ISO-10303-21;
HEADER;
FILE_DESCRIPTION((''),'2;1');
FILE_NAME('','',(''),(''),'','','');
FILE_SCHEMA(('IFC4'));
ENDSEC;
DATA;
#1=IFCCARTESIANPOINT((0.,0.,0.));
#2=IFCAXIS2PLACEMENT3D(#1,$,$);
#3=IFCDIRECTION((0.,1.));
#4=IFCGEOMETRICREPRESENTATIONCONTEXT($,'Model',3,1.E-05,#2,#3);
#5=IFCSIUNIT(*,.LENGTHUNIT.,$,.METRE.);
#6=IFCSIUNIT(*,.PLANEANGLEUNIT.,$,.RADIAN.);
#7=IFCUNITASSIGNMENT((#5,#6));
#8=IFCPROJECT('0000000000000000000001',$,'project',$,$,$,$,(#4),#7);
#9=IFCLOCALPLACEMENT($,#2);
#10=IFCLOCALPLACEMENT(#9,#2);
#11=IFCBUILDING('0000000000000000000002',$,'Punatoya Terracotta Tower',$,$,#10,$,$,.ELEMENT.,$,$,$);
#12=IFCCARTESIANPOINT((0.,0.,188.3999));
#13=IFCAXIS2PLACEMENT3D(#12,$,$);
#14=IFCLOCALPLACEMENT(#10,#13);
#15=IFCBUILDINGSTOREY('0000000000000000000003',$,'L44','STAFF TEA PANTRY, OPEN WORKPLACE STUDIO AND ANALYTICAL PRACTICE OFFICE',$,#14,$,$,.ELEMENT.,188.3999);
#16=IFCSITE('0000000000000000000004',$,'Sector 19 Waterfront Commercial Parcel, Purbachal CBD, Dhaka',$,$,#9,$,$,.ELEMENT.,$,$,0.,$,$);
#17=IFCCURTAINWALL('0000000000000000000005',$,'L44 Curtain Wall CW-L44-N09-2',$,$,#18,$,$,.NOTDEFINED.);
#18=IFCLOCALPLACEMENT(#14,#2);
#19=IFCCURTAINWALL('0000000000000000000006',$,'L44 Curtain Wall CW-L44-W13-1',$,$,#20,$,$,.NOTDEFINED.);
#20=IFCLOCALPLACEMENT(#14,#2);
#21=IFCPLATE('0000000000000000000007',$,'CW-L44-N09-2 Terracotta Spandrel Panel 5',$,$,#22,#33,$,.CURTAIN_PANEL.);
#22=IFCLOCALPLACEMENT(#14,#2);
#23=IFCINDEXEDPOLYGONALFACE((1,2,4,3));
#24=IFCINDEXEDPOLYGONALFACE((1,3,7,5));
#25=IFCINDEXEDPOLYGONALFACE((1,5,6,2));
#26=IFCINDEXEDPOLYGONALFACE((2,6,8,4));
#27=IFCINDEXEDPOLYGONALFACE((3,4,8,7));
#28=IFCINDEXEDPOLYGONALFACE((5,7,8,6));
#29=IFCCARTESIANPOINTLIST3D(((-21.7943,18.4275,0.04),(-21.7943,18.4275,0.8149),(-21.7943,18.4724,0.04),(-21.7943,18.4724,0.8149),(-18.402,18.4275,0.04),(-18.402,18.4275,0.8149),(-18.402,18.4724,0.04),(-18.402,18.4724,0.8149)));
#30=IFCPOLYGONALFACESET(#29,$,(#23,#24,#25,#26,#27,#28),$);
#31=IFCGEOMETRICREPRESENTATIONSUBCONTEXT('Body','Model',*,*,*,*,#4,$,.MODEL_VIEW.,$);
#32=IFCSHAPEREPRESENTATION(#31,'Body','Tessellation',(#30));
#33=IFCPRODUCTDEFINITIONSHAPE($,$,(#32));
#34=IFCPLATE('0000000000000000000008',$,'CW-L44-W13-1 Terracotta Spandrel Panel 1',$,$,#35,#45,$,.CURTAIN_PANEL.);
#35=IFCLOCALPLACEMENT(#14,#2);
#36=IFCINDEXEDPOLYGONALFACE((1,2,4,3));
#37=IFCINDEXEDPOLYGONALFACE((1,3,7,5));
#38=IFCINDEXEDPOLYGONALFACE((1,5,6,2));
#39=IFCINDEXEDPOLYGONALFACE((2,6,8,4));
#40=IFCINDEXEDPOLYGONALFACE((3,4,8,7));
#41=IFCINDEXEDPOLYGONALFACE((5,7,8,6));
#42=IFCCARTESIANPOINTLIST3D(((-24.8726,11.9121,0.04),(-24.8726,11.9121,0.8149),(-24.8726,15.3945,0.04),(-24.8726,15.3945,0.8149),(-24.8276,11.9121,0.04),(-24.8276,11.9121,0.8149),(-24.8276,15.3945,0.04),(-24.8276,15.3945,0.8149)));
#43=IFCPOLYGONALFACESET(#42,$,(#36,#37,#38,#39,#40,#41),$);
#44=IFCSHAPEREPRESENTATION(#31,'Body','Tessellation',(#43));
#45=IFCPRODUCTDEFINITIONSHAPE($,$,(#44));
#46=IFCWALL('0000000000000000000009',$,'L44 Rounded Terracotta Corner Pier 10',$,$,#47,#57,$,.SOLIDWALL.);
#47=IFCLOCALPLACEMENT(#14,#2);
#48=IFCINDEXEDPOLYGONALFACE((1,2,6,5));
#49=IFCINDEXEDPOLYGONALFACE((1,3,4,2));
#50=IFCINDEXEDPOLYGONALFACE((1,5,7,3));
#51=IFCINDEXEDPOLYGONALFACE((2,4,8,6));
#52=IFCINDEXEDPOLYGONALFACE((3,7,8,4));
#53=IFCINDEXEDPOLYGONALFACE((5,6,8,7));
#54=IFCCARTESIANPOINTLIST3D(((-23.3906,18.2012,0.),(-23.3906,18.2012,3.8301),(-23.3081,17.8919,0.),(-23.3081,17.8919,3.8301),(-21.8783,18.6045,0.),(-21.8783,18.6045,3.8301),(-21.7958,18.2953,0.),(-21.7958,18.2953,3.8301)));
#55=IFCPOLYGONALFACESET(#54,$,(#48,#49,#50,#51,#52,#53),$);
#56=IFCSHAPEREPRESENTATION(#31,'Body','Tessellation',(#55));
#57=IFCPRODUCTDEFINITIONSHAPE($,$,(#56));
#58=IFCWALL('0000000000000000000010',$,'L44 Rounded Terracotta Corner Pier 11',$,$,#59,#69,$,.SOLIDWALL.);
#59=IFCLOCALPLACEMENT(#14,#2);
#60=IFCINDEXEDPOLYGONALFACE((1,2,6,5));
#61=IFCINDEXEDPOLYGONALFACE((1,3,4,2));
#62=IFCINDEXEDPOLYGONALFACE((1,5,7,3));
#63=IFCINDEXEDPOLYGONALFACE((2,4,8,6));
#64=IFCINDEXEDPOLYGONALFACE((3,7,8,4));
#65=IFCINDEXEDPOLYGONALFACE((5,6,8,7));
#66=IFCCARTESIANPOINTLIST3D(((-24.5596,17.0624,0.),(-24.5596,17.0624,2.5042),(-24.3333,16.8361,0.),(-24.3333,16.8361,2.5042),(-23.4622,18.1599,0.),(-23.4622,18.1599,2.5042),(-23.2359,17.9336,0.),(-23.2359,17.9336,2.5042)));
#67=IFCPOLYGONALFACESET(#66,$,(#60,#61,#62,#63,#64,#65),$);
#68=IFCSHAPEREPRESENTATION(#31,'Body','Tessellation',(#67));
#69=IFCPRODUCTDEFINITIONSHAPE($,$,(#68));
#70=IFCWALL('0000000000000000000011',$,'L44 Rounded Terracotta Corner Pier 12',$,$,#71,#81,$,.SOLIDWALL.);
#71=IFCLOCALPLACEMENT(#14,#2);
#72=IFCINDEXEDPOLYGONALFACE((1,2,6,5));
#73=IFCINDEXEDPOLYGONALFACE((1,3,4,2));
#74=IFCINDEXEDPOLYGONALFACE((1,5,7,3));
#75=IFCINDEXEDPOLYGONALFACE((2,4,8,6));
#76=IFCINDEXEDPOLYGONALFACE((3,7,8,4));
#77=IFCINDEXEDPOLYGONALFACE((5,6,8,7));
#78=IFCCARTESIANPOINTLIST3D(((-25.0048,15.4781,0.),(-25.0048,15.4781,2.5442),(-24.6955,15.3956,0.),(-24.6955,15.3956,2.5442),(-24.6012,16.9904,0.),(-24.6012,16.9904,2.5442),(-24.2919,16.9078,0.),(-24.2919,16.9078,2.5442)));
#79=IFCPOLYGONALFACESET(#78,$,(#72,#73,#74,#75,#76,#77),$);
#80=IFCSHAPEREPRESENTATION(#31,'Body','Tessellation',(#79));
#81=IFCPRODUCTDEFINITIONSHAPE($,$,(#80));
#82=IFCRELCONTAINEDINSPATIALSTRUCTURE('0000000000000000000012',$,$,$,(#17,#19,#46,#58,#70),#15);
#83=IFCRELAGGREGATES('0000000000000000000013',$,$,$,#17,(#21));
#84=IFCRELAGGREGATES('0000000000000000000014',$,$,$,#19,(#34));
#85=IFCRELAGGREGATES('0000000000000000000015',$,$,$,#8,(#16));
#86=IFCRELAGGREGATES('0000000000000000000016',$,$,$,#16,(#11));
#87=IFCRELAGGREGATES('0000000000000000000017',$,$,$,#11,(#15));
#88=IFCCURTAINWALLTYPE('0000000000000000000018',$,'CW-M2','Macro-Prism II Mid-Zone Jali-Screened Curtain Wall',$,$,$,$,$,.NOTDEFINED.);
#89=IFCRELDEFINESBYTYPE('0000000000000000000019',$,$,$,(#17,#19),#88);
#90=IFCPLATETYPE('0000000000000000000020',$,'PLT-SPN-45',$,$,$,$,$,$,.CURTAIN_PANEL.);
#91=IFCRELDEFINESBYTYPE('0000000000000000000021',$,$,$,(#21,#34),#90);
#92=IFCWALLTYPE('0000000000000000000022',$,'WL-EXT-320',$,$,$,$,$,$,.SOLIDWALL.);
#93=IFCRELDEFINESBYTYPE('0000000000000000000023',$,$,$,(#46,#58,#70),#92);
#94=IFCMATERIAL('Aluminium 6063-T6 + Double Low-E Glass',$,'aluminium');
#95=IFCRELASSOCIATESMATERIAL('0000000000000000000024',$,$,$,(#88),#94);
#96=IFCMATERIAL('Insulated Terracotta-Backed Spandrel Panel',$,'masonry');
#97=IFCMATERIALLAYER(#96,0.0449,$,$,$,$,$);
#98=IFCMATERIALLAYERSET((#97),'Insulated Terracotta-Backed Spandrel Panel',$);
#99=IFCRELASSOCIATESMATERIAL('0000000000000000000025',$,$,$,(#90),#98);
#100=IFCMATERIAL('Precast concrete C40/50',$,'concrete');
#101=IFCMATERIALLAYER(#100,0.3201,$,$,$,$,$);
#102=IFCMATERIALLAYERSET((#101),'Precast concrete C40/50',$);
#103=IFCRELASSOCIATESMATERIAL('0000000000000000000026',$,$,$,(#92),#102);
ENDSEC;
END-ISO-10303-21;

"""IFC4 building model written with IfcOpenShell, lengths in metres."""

from ifc_helpers import new_model, si_unit, direction, frame, frame_2d, origin, origin_2d, place, context, subcontext, project, spatial, rectangle, extrude, material, layer, layer_set, type_object, element, aggregate, save


model = new_model("IFC4")

# Units and contexts
model_context = context("Model", 3, precision=1e-05, world=origin(), true_north=direction((0.0, 1.0)))
body_context = subcontext(model_context, "Body", "Model", "MODEL_VIEW")
ifc_project = project(units=[si_unit("LENGTHUNIT", "METRE"), si_unit("PLANEANGLEUNIT", "RADIAN")], contexts=[model_context])

# Site, building, storey
site_placement = place(None, origin())
site = spatial("IfcSite", under=ifc_project, at=site_placement, Name="Sector 19 Waterfront Commercial Parcel, Purbachal CBD, Dhaka", CompositionType="ELEMENT", RefElevation=0.0)
building_placement = place(site_placement, origin())
building = spatial("IfcBuilding", under=site, at=building_placement, Name="Punatoya Terracotta Tower", CompositionType="ELEMENT")
storey_placement = place(building_placement, frame((0.0, 0.0, 188.3999)))
storey = spatial("IfcBuildingStorey", under=building, at=storey_placement, Name="L44", Description="STAFF TEA PANTRY, OPEN WORKPLACE STUDIO AND ANALYTICAL PRACTICE OFFICE", CompositionType="ELEMENT", Elevation=188.3999)

# Curtain walls
ifc_material_1 = material(Name="Aluminium 6063-T6 + Double Low-E Glass", Category="aluminium")
curtain_wall_type = type_object("IfcCurtainWallType", Name="CW-M2", Description="Macro-Prism II Mid-Zone Jali-Screened Curtain Wall", PredefinedType="NOTDEFINED", material=ifc_material_1)
curtain_wall_1_placement = place(storey_placement, origin())
curtain_wall_1 = element("IfcCurtainWall", 1, at=curtain_wall_1_placement, inside=storey, type_object=curtain_wall_type, Name="L44 Curtain Wall CW-L44-N09-2", PredefinedType="NOTDEFINED")
curtain_wall_2_placement = place(storey_placement, origin())
curtain_wall_2 = element("IfcCurtainWall", 2, at=curtain_wall_2_placement, inside=storey, type_object=curtain_wall_type, Name="L44 Curtain Wall CW-L44-W13-1", PredefinedType="NOTDEFINED")

# Plates
ifc_material_2 = material(Name="Insulated Terracotta-Backed Spandrel Panel", Category="masonry")
ifc_layer_1 = layer(ifc_material_2, 0.0449)
ifc_layer_set_1 = layer_set([ifc_layer_1], Name="Insulated Terracotta-Backed Spandrel Panel")
plate_type_1 = type_object("IfcPlateType", Name="PLT-SPN-45", PredefinedType="CURTAIN_PANEL", material=ifc_layer_set_1)
plate_1_placement = place(storey_placement, frame((-20.0981, 18.45, 0.04), z_axis=(0.0, 0.0, 1.0), x_axis=(-1.0, 0.0, 0.0)))
plate_1 = element("IfcPlate", 3, at=plate_1_placement, type_object=plate_type_1, Name="CW-L44-N09-2 Terracotta Spandrel Panel 5", PredefinedType="CURTAIN_PANEL", context=body_context, shape_type="SweptSolid", body=[
    extrude(rectangle(XDim=3.3923, YDim=0.0449, at=origin_2d()), origin(), (0.0, 0.0, 1.0), 0.7749),
])
aggregate(curtain_wall_1, [plate_1])
plate_2_placement = place(storey_placement, frame((-24.8501, 13.6533, 0.04), z_axis=(0.0, 0.0, 1.0), x_axis=(0.0, -1.0, 0.0)))
plate_2 = element("IfcPlate", 4, at=plate_2_placement, type_object=plate_type_1, Name="CW-L44-W13-1 Terracotta Spandrel Panel 1", PredefinedType="CURTAIN_PANEL", context=body_context, shape_type="SweptSolid", body=[
    extrude(rectangle(XDim=3.4824, YDim=0.0449, at=origin_2d()), origin(), (0.0, 0.0, 1.0), 0.7749),
])
aggregate(curtain_wall_2, [plate_2])

# Walls
ifc_material_3 = material(Name="Precast concrete C40/50", Category="concrete")
ifc_layer_2 = layer(ifc_material_3, 0.3201)
ifc_layer_set_2 = layer_set([ifc_layer_2], Name="Precast concrete C40/50")
wall_type = type_object("IfcWallType", Name="WL-EXT-320", PredefinedType="SOLIDWALL", material=ifc_layer_set_2)
wall_1_placement = place(storey_placement, frame((-21.8369, 18.45, 0.0), z_axis=(0.0, 0.0, 1.0), x_axis=(-0.966225, -0.257701, 0.0)))
element("IfcWall", 5, at=wall_1_placement, inside=storey, type_object=wall_type, Name="L44 Rounded Terracotta Corner Pier 10", PredefinedType="SOLIDWALL", context=body_context, shape_type="SweptSolid", body=[
    extrude(rectangle(XDim=1.5652, YDim=0.3201, at=frame_2d((0.7827, 0.0))), origin(), (0.0, 0.0, 1.0), 3.8301),
])
wall_2_placement = place(storey_placement, frame((-23.3491, 18.0466, 0.0), z_axis=(0.0, 0.0, 1.0), x_axis=(-0.707107, -0.707107, 0.0)))
element("IfcWall", 6, at=wall_2_placement, inside=storey, type_object=wall_type, Name="L44 Rounded Terracotta Corner Pier 11", PredefinedType="SOLIDWALL", context=body_context, shape_type="SweptSolid", body=[
    extrude(rectangle(XDim=1.552, YDim=0.3201, at=frame_2d((0.7759, 0.0))), origin(), (0.0, 0.0, 1.0), 2.5042),
])
wall_3_placement = place(storey_placement, frame((-24.4465, 16.9492, 0.0), z_axis=(0.0, 0.0, 1.0), x_axis=(-0.257847, -0.966186, 0.0)))
element("IfcWall", 7, at=wall_3_placement, inside=storey, type_object=wall_type, Name="L44 Rounded Terracotta Corner Pier 12", PredefinedType="SOLIDWALL", context=body_context, shape_type="SweptSolid", body=[
    extrude(rectangle(XDim=1.5652, YDim=0.3201, at=frame_2d((0.7827, 0.0))), origin(), (0.0, 0.0, 1.0), 2.5442),
])

save(model, "model.ifc")
